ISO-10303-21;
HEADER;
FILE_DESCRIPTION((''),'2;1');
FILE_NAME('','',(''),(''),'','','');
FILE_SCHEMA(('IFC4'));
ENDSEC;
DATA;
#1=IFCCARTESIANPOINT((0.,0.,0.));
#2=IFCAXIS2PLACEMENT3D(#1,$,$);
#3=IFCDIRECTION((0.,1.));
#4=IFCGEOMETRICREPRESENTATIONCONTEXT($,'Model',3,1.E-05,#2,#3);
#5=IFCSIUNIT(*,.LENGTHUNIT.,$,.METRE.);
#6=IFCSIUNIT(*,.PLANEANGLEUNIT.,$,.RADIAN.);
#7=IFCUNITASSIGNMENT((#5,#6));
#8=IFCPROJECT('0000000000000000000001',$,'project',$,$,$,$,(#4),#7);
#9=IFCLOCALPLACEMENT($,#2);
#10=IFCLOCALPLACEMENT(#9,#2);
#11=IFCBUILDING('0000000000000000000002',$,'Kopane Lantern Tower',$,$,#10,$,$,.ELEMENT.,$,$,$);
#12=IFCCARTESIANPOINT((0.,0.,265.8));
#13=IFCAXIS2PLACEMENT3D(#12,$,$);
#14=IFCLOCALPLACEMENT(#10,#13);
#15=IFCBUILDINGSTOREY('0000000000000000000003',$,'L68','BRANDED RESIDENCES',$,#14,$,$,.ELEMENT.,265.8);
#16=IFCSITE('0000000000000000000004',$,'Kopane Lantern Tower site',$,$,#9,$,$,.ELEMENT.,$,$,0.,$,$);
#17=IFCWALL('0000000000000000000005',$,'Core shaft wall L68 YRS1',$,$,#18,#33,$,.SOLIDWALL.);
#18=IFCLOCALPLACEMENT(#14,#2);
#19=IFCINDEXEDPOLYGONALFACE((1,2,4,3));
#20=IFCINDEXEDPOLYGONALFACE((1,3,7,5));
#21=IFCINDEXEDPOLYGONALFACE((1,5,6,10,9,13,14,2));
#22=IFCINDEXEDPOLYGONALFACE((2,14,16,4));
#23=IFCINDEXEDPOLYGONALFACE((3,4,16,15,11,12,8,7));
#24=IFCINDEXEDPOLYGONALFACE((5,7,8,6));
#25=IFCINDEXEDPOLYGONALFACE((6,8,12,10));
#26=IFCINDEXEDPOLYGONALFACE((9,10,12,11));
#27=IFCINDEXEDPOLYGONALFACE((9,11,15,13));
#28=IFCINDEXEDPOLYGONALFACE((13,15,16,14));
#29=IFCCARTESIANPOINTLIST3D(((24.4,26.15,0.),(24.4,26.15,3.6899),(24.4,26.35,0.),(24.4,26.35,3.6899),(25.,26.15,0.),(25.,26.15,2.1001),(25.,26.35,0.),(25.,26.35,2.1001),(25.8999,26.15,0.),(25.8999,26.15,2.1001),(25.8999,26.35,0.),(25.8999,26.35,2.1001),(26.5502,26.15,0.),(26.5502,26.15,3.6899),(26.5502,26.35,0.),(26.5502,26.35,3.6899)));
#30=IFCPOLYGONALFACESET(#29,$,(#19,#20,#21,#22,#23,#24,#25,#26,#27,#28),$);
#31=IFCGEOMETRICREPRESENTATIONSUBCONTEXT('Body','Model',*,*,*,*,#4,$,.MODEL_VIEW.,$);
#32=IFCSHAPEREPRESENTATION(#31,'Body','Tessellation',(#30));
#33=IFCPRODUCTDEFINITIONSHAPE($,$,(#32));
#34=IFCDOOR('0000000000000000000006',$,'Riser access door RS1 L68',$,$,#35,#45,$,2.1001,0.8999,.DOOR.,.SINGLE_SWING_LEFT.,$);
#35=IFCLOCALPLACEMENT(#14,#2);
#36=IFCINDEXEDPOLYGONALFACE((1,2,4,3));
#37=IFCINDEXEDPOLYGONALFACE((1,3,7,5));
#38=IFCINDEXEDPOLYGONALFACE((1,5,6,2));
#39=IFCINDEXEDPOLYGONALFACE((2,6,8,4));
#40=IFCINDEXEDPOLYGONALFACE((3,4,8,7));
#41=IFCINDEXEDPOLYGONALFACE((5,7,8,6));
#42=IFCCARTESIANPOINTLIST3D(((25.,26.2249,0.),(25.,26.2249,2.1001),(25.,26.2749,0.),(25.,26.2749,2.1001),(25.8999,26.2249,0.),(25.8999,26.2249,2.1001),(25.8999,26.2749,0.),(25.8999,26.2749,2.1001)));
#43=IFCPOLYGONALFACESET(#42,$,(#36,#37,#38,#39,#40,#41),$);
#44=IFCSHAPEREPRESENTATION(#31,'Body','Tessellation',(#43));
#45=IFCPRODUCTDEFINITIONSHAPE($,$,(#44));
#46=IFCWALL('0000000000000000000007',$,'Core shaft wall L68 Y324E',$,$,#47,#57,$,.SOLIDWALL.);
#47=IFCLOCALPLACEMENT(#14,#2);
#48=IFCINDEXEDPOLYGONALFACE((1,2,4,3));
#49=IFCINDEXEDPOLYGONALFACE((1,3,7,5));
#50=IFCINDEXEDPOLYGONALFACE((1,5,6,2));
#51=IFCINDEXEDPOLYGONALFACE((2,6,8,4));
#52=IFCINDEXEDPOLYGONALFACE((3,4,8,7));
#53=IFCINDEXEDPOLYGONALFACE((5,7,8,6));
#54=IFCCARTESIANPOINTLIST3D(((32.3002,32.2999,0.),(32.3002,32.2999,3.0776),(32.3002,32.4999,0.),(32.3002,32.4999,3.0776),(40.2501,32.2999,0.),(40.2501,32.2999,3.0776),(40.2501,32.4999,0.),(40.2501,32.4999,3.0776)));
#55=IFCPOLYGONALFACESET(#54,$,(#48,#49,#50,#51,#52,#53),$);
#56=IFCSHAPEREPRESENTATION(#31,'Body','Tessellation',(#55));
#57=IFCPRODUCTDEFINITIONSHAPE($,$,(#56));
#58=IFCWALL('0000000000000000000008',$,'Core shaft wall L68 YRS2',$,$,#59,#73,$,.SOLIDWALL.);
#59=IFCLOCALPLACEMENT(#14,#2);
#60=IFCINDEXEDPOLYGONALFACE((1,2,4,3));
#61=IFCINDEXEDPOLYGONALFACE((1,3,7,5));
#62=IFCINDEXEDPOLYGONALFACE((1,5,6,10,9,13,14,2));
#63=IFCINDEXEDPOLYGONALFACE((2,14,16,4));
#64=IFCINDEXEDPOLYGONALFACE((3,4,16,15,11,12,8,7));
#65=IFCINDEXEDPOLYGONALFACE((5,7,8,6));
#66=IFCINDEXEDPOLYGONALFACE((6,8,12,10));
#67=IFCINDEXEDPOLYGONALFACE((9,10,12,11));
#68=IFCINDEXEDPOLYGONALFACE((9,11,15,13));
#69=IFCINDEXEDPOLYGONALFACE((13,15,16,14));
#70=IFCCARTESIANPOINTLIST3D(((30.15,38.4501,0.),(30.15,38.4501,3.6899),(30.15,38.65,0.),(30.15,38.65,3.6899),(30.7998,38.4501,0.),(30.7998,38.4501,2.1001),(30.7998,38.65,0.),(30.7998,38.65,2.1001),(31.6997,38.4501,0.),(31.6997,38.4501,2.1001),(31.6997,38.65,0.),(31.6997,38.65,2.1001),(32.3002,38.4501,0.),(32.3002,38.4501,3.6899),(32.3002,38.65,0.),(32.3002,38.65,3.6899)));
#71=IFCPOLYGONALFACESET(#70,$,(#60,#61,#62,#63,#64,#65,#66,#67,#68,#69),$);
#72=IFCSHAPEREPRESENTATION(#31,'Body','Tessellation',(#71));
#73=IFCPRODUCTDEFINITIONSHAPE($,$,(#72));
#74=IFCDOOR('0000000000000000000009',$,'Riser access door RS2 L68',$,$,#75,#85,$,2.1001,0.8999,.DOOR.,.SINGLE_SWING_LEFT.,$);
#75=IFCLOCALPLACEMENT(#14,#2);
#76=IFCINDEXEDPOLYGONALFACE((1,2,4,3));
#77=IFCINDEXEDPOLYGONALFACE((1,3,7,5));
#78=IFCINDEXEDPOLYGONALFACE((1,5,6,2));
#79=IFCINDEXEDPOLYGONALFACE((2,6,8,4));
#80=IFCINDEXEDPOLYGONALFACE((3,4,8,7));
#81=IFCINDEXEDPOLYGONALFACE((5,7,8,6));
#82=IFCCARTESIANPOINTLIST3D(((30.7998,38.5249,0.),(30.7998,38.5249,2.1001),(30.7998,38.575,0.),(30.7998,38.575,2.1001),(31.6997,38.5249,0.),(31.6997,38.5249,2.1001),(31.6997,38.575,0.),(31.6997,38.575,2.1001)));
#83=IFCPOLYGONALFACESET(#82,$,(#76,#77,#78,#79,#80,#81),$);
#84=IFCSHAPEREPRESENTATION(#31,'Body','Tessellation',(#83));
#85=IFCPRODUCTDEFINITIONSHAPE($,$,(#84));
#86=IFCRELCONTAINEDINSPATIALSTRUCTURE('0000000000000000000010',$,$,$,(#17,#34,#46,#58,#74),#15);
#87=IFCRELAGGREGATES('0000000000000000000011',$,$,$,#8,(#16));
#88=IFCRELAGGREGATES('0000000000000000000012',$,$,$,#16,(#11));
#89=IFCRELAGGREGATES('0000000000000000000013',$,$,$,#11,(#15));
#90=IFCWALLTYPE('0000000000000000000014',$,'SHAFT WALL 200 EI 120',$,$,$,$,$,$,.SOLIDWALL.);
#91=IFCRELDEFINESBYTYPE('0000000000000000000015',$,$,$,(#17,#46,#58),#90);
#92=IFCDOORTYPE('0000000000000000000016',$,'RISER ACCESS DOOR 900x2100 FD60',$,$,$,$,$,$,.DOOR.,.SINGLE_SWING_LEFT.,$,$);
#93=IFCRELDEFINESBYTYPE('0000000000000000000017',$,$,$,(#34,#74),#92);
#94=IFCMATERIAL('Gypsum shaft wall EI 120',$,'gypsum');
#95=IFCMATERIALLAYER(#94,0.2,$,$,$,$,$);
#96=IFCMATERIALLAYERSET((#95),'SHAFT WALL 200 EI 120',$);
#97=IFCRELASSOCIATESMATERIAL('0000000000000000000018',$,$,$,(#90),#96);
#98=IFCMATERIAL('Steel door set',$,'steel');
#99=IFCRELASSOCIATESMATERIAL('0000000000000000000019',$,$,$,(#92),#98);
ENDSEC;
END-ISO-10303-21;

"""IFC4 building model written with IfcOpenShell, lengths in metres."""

from ifc_helpers import new_model, si_unit, direction, frame, frame_2d, origin, place, context, subcontext, project, spatial, rectangle, extrude, material, layer, layer_set, type_object, element, fill, save


model = new_model("IFC4")

# Units and contexts
model_context = context("Model", 3, precision=1e-05, world=origin(), true_north=direction((0.0, 1.0)))
body_context = subcontext(model_context, "Body", "Model", "MODEL_VIEW")
ifc_project = project(units=[si_unit("LENGTHUNIT", "METRE"), si_unit("PLANEANGLEUNIT", "RADIAN")], contexts=[model_context])

# Site, building, storey
site_placement = place(None, origin())
site = spatial("IfcSite", under=ifc_project, at=site_placement, Name="Kopane Lantern Tower site", CompositionType="ELEMENT", RefElevation=0.0)
building_placement = place(site_placement, origin())
building = spatial("IfcBuilding", under=site, at=building_placement, Name="Kopane Lantern Tower", CompositionType="ELEMENT")
storey_placement = place(building_placement, frame((0.0, 0.0, 265.8)))
storey = spatial("IfcBuildingStorey", under=building, at=storey_placement, Name="L68", Description="BRANDED RESIDENCES", CompositionType="ELEMENT", Elevation=265.8)

# Shared definitions
ifc_material_1 = material(Name="Gypsum shaft wall EI 120", Category="gypsum")
ifc_layer_1 = layer(ifc_material_1, 0.2)
ifc_layer_set_1 = layer_set([ifc_layer_1], Name="SHAFT WALL 200 EI 120")
wall_type_1 = type_object("IfcWallType", Name="SHAFT WALL 200 EI 120", PredefinedType="SOLIDWALL", material=ifc_layer_set_1)

# Wall, opening, door
wall_1_placement = place(storey_placement, frame((24.3999, 26.25, 0.0), z_axis=(0.0, 0.0, 1.0), x_axis=(1.0, 0.0, 0.0)))
wall_1 = element("IfcWall", 1, at=wall_1_placement, inside=storey, type_object=wall_type_1, Name="Core shaft wall L68 YRS1", PredefinedType="SOLIDWALL", context=body_context, shape_type="SweptSolid", body=[
    extrude(rectangle(XDim=2.1501, YDim=0.2, at=frame_2d((1.0752, 0.0))), origin(), (0.0, 0.0, 1.0), 3.6899),
])
opening_1_placement = place(wall_1_placement, frame((0.6001, 0.0, 0.0)))
opening_1 = element("IfcOpeningElement", 2, at=opening_1_placement, cuts=wall_1, PredefinedType="OPENING", context=body_context, shape_type="SweptSolid", body=[
    extrude(rectangle(XDim=0.8999, YDim=2.1001, at=frame_2d((0.45, 1.05))), frame((0.0, 0.1099, 0.0), z_axis=(0.0, -1.0, 0.0), x_axis=(1.0, 0.0, 0.0)), (0.0, 0.0, 1.0), 0.22),
])
ifc_material_2 = material(Name="Steel door set", Category="steel")
door_type_1 = type_object("IfcDoorType", Name="RISER ACCESS DOOR 900x2100 FD60", OperationType="SINGLE_SWING_LEFT", PredefinedType="DOOR", material=ifc_material_2)
door_1_placement = place(opening_1_placement, origin())
door_1 = element("IfcDoor", 3, at=door_1_placement, inside=storey, type_object=door_type_1, Name="Riser access door RS1 L68", OperationType="SINGLE_SWING_LEFT", OverallHeight=2.1001, OverallWidth=0.8999, PredefinedType="DOOR", context=body_context, shape_type="SweptSolid", body=[
    extrude(rectangle(XDim=0.8999, YDim=2.1001, at=frame_2d((0.45, 1.05))), frame((0.0, 0.0249, 0.0), z_axis=(0.0, -1.0, 0.0), x_axis=(1.0, 0.0, 0.0)), (0.0, 0.0, 1.0), 0.05),
])
fill(opening_1, door_1)

# Wall
wall_2_placement = place(storey_placement, frame((32.3, 32.3999, 0.0), z_axis=(0.0, 0.0, 1.0), x_axis=(1.0, 0.0, 0.0)))
element("IfcWall", 4, at=wall_2_placement, inside=storey, type_object=wall_type_1, Name="Core shaft wall L68 Y324E", PredefinedType="SOLIDWALL", context=body_context, shape_type="SweptSolid", body=[
    extrude(rectangle(XDim=7.95, YDim=0.2, at=frame_2d((3.9751, 0.0))), origin(), (0.0, 0.0, 1.0), 3.0776),
])

# Wall, opening, door
wall_3_placement = place(storey_placement, frame((30.1499, 38.55, 0.0), z_axis=(0.0, 0.0, 1.0), x_axis=(1.0, 0.0, 0.0)))
wall_3 = element("IfcWall", 5, at=wall_3_placement, inside=storey, type_object=wall_type_1, Name="Core shaft wall L68 YRS2", PredefinedType="SOLIDWALL", context=body_context, shape_type="SweptSolid", body=[
    extrude(rectangle(XDim=2.1501, YDim=0.2, at=frame_2d((1.0752, 0.0))), origin(), (0.0, 0.0, 1.0), 3.6899),
])
opening_2_placement = place(wall_3_placement, frame((0.6499, 0.0, 0.0)))
opening_2 = element("IfcOpeningElement", 6, at=opening_2_placement, cuts=wall_3, PredefinedType="OPENING", context=body_context, shape_type="SweptSolid", body=[
    extrude(rectangle(XDim=0.8999, YDim=2.1001, at=frame_2d((0.45, 1.05))), frame((0.0, 0.1099, 0.0), z_axis=(0.0, -1.0, 0.0), x_axis=(1.0, 0.0, 0.0)), (0.0, 0.0, 1.0), 0.22),
])
door_2_placement = place(opening_2_placement, origin())
door_2 = element("IfcDoor", 7, at=door_2_placement, inside=storey, type_object=door_type_1, Name="Riser access door RS2 L68", OperationType="SINGLE_SWING_LEFT", OverallHeight=2.1001, OverallWidth=0.8999, PredefinedType="DOOR", context=body_context, shape_type="SweptSolid", body=[
    extrude(rectangle(XDim=0.8999, YDim=2.1001, at=frame_2d((0.45, 1.05))), frame((0.0, 0.0249, 0.0), z_axis=(0.0, -1.0, 0.0), x_axis=(1.0, 0.0, 0.0)), (0.0, 0.0, 1.0), 0.05),
])
fill(opening_2, door_2)

save(model, "model.ifc")
